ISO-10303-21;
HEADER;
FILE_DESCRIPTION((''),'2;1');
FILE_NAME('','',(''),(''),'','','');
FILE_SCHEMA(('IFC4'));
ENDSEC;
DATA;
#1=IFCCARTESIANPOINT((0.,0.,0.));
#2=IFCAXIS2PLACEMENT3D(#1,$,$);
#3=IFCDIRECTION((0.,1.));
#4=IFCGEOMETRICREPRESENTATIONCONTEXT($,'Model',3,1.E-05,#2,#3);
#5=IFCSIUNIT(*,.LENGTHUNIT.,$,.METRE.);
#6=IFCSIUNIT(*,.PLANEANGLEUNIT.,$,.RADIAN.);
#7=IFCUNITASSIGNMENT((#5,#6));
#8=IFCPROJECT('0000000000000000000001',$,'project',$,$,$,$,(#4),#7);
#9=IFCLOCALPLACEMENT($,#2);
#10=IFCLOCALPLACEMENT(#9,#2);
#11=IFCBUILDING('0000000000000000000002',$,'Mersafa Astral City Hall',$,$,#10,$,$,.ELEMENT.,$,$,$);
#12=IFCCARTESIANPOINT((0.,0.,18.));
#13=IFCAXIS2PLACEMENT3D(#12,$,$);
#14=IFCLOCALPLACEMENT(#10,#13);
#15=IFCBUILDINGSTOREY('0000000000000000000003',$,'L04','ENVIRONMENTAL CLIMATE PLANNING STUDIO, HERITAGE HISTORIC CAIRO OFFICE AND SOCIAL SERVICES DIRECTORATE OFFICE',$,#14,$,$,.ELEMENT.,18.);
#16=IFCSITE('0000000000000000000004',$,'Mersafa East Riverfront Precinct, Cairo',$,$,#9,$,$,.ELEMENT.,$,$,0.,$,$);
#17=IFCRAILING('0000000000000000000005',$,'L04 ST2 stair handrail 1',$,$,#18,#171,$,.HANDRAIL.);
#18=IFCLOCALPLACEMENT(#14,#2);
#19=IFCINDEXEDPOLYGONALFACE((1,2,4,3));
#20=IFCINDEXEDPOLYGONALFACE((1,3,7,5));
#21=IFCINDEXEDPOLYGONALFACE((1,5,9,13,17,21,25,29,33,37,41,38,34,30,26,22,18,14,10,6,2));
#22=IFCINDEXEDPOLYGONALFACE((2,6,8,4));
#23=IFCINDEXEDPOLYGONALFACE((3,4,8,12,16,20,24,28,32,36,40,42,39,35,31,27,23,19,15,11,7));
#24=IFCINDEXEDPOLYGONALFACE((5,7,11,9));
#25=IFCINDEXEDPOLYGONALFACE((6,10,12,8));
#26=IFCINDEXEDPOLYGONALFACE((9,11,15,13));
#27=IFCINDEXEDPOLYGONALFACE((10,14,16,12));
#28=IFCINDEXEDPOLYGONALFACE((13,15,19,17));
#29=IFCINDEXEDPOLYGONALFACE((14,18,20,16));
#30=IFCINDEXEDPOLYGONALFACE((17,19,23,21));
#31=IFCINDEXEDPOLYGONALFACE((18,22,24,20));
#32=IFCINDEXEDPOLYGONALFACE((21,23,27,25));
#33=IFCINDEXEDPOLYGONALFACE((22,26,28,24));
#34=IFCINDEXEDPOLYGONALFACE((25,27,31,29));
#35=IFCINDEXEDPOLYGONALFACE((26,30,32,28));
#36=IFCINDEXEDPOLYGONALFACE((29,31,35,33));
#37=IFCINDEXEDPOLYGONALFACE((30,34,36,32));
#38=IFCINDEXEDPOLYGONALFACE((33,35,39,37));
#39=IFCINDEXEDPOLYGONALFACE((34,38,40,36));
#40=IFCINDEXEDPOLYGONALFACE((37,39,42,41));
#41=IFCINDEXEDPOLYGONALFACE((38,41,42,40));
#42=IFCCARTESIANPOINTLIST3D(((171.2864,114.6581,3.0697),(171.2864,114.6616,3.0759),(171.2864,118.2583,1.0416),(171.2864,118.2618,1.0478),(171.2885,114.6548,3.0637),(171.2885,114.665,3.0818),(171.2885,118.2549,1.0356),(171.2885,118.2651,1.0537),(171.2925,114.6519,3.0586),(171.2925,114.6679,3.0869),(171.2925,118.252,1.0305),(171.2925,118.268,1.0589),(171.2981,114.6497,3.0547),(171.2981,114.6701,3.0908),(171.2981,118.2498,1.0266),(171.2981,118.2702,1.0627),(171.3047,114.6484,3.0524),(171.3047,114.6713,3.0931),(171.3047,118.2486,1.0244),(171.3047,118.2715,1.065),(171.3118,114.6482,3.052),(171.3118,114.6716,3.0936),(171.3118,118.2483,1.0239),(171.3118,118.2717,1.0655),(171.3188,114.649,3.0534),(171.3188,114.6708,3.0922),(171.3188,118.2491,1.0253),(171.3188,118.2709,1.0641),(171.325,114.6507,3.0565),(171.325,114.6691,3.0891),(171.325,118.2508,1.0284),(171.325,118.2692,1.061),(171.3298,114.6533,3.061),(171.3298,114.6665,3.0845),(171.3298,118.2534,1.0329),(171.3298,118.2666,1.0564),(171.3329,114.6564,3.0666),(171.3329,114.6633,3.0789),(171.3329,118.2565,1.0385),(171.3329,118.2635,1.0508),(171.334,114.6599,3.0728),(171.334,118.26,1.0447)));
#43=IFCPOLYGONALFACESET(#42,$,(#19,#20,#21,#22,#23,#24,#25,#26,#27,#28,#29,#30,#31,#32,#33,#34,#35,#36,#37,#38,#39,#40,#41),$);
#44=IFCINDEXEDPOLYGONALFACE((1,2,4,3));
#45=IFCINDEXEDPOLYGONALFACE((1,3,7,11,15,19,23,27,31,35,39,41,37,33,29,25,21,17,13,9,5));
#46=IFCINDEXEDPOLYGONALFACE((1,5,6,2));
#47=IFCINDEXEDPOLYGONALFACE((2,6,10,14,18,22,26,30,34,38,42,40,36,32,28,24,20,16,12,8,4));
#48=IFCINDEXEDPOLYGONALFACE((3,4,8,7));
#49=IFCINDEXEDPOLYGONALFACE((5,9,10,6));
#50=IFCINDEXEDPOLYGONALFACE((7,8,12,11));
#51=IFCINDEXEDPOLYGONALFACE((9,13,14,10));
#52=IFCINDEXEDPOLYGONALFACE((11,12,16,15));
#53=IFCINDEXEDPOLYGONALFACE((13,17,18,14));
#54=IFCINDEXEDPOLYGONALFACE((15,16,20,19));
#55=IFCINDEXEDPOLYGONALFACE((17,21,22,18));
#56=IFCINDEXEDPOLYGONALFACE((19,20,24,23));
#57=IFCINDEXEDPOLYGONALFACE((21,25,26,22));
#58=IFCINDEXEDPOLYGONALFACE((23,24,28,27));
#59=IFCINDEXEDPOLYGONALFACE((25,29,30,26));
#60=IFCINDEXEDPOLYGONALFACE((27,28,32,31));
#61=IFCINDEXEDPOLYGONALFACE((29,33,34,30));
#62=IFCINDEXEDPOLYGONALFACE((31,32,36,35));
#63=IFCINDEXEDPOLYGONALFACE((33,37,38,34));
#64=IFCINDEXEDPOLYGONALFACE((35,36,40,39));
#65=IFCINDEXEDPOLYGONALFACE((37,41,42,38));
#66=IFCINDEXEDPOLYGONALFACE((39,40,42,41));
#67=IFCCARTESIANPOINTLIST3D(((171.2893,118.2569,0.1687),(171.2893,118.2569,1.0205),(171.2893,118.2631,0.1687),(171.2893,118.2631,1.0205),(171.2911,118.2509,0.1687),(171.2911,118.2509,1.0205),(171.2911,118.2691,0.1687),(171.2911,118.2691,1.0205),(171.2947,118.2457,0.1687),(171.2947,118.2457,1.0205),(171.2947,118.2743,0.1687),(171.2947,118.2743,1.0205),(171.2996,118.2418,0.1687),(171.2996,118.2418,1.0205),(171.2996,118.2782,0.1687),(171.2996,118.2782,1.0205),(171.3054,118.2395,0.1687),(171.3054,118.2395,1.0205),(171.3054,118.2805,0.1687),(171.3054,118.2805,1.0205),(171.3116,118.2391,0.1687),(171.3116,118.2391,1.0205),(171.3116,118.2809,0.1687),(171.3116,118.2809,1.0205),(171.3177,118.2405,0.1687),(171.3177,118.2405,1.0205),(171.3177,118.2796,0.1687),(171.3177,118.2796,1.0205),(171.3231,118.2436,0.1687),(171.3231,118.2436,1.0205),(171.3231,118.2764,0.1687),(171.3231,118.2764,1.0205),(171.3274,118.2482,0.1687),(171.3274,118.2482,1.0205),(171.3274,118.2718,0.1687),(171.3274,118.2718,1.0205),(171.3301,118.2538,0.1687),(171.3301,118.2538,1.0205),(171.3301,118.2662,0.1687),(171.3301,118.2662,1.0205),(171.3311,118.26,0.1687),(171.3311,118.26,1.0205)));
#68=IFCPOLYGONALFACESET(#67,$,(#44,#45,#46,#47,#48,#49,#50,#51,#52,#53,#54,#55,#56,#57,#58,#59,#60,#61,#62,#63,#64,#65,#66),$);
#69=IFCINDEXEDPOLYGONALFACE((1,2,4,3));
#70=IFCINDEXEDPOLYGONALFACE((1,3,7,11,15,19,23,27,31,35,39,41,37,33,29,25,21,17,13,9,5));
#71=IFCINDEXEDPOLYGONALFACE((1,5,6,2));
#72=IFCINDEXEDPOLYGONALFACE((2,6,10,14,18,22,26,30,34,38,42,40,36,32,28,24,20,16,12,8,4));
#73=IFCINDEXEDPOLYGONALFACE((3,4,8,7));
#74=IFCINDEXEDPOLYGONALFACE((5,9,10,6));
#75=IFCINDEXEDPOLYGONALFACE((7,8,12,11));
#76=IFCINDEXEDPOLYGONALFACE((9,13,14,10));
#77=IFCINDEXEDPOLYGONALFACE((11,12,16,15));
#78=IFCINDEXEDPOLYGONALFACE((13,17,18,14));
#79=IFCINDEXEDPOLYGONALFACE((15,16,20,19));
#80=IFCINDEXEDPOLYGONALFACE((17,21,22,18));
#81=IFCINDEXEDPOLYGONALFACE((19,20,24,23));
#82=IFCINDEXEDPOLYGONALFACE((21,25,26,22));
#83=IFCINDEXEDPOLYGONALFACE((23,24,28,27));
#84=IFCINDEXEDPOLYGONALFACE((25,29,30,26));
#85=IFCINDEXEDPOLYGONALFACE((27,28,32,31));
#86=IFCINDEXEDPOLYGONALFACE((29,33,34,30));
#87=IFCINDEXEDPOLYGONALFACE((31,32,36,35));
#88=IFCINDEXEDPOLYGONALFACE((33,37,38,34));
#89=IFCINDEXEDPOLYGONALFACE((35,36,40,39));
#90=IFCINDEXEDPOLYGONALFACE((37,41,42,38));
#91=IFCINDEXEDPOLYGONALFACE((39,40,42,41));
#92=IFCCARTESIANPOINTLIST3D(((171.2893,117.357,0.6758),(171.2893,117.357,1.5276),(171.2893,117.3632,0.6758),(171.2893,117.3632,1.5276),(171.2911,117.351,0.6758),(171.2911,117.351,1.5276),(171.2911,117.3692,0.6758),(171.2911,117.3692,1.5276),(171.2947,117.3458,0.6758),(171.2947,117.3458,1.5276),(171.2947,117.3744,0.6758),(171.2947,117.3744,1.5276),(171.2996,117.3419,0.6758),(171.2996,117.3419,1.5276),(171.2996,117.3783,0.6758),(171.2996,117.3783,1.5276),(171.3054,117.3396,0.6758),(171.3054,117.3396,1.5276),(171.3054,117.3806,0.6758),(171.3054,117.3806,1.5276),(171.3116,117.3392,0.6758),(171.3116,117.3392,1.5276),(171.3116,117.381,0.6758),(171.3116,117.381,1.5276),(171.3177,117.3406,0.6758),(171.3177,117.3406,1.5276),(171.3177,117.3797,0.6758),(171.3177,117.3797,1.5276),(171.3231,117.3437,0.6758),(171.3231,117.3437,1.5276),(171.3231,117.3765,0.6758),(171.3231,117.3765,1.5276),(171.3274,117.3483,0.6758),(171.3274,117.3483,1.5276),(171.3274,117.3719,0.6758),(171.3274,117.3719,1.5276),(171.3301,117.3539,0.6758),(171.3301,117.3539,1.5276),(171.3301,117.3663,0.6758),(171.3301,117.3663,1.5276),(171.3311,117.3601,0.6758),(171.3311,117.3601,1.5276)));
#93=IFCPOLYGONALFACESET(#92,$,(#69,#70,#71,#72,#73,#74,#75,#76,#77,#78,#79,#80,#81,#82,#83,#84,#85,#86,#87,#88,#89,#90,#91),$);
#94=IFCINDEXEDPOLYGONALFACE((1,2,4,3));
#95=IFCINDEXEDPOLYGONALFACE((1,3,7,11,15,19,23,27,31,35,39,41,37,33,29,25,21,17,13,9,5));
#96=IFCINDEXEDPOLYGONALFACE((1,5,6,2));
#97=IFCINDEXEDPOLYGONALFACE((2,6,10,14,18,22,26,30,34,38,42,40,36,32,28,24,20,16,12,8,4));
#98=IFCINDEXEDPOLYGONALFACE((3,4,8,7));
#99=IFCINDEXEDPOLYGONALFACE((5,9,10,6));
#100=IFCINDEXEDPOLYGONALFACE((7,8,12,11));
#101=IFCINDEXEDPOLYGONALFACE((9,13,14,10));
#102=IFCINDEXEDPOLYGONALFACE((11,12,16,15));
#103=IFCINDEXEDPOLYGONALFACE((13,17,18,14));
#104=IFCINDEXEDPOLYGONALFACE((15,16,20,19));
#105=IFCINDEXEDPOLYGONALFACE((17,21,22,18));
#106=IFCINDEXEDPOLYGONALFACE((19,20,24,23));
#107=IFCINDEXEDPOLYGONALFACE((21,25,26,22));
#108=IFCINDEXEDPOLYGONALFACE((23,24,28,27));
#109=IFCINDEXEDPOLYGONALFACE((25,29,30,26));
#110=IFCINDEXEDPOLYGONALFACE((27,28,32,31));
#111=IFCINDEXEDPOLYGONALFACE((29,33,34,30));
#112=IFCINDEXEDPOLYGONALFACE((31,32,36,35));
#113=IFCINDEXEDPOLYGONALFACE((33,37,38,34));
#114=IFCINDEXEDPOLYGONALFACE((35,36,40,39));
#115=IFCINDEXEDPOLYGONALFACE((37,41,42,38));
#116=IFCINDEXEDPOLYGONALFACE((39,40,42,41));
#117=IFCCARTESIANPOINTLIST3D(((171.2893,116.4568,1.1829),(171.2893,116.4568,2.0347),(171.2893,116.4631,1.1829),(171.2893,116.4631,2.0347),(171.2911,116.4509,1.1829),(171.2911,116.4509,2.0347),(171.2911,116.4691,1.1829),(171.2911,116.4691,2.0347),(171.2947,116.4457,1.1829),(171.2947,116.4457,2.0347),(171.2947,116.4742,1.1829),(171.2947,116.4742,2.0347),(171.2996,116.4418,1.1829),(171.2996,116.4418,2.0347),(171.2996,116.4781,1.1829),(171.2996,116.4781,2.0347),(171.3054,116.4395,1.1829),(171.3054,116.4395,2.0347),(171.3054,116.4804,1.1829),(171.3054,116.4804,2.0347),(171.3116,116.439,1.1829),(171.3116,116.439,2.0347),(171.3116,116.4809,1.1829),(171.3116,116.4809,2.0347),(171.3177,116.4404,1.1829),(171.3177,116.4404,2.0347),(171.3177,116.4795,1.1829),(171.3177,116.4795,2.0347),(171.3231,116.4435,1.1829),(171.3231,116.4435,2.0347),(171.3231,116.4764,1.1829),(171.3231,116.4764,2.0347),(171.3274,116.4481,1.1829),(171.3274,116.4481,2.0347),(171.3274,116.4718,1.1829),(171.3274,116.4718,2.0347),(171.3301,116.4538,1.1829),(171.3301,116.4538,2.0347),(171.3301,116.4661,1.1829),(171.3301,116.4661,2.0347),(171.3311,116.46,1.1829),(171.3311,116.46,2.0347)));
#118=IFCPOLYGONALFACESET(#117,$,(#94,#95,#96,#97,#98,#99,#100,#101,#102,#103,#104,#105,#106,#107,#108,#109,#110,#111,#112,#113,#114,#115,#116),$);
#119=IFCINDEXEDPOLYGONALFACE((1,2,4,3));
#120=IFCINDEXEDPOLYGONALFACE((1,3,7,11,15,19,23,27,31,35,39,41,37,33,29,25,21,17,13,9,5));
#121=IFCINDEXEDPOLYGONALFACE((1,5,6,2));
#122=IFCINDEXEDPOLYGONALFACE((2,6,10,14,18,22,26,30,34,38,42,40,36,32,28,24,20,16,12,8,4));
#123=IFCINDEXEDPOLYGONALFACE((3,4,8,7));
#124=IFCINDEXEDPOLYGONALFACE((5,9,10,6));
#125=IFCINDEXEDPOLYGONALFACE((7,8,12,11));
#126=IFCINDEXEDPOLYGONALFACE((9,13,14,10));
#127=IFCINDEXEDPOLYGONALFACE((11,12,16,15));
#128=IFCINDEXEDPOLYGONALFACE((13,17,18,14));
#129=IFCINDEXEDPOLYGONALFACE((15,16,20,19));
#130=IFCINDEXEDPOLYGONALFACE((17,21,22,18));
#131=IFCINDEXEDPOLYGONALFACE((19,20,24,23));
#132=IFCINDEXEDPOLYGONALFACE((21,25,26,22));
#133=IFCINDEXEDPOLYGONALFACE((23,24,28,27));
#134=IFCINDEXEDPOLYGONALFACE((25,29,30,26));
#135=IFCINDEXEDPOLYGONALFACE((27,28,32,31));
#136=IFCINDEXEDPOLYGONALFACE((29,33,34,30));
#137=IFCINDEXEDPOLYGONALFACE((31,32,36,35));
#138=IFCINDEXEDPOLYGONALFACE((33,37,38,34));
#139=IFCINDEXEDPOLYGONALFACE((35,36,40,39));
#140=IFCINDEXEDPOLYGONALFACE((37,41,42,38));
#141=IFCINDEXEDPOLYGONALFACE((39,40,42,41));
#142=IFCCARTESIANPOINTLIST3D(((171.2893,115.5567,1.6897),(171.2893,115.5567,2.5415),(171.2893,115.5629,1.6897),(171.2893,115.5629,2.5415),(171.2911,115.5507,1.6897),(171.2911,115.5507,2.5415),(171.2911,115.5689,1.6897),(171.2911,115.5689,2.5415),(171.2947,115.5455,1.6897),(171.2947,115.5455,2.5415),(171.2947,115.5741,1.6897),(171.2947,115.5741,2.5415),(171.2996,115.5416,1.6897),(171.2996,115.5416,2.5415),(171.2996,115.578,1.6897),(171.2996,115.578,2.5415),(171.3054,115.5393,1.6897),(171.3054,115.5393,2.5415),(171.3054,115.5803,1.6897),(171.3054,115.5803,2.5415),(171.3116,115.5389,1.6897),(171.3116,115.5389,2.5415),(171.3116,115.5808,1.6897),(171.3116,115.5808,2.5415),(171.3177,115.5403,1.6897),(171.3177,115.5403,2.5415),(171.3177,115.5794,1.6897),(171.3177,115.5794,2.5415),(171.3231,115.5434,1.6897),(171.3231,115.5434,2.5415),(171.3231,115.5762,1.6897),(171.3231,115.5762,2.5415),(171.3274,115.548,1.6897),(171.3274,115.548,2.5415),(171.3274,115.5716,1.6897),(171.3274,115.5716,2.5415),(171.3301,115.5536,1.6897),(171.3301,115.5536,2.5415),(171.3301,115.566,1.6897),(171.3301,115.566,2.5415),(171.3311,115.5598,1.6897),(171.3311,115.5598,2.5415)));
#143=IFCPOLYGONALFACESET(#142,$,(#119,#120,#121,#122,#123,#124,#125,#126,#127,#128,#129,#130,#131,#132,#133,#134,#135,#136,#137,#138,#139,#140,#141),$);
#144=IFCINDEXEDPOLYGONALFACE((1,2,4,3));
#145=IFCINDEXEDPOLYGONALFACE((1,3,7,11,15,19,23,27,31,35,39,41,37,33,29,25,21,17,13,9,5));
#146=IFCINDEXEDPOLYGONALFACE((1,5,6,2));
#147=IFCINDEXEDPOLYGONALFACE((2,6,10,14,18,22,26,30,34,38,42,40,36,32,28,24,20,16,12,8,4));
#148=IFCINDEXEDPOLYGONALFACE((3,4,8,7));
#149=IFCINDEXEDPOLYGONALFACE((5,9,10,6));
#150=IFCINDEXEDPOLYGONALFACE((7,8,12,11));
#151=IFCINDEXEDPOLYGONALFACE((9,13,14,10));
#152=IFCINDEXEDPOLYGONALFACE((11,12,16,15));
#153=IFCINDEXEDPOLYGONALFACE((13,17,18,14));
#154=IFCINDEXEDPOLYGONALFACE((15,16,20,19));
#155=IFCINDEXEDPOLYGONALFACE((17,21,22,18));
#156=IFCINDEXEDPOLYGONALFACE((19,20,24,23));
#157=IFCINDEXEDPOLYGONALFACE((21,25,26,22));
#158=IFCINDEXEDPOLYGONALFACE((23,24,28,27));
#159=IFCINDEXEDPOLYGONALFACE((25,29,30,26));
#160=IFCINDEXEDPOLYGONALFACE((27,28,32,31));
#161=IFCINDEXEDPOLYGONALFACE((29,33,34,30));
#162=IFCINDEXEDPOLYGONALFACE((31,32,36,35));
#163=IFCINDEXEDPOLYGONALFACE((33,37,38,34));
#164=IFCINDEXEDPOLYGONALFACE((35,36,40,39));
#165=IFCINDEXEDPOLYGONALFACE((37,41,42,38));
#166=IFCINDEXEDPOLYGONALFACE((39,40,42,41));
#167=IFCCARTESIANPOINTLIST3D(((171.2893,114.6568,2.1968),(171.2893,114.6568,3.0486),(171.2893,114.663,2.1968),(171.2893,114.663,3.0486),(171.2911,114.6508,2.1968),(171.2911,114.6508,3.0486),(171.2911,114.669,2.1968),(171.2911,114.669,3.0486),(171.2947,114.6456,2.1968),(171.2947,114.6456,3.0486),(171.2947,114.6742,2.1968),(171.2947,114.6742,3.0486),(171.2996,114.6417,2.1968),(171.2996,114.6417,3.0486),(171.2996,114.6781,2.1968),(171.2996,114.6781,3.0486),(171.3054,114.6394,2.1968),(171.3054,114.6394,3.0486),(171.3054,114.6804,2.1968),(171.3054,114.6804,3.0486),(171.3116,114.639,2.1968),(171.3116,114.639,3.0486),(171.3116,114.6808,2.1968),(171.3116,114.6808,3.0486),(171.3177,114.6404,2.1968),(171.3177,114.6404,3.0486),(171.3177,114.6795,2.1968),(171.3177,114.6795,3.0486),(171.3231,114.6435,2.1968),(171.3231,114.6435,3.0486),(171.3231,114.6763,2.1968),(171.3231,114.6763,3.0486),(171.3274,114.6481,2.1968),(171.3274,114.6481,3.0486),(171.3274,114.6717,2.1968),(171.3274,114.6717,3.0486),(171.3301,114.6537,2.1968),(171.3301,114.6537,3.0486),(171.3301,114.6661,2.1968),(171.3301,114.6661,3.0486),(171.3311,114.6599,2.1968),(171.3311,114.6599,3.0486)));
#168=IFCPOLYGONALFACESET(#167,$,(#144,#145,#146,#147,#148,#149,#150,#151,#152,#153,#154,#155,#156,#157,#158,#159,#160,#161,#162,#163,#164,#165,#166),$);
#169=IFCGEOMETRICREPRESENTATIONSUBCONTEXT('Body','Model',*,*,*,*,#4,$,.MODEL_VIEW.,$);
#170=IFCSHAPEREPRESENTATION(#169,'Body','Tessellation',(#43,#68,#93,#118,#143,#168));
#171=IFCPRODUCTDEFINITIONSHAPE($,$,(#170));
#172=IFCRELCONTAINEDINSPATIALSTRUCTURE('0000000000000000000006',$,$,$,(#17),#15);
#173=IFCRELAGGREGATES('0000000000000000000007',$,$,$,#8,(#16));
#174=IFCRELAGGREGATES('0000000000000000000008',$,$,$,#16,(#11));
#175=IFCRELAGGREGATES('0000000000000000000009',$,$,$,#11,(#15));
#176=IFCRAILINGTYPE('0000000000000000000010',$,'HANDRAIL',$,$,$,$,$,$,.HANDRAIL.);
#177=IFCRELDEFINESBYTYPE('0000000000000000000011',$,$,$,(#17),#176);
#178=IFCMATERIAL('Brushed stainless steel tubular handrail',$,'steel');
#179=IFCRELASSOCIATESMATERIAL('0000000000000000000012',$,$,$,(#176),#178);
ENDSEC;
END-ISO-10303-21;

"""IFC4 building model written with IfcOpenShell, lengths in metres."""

from ifc_helpers import new_model, si_unit, direction, frame, origin, origin_2d, place, context, subcontext, project, spatial, circle, extrude, material, type_object, element, save


model = new_model("IFC4")

# Units and contexts
model_context = context("Model", 3, precision=1e-05, world=origin(), true_north=direction((0.0, 1.0)))
body_context = subcontext(model_context, "Body", "Model", "MODEL_VIEW")
ifc_project = project(units=[si_unit("LENGTHUNIT", "METRE"), si_unit("PLANEANGLEUNIT", "RADIAN")], contexts=[model_context])

# Site, building, storey
site_placement = place(None, origin())
site = spatial("IfcSite", under=ifc_project, at=site_placement, Name="Mersafa East Riverfront Precinct, Cairo", CompositionType="ELEMENT", RefElevation=0.0)
building_placement = place(site_placement, origin())
building = spatial("IfcBuilding", under=site, at=building_placement, Name="Mersafa Astral City Hall", CompositionType="ELEMENT")
storey_placement = place(building_placement, frame((0.0, 0.0, 18.0)))
storey = spatial("IfcBuildingStorey", under=building, at=storey_placement, Name="L04", Description="ENVIRONMENTAL CLIMATE PLANNING STUDIO, HERITAGE HISTORIC CAIRO OFFICE AND SOCIAL SERVICES DIRECTORATE OFFICE", CompositionType="ELEMENT", Elevation=18.0)

# Railing
ifc_material_1 = material(Name="Brushed stainless steel tubular handrail", Category="steel")
railing_type = type_object("IfcRailingType", Name="HANDRAIL", PredefinedType="HANDRAIL", material=ifc_material_1)
railing_placement = place(storey_placement, frame((171.3101, 118.26, 0.1687)))
element("IfcRailing", 1, at=railing_placement, inside=storey, type_object=railing_type, Name="L04 ST2 stair handrail 1", PredefinedType="HANDRAIL", context=body_context, shape_type="SweptSolid", body=[
    extrude(circle(Radius=0.0239, at=origin_2d()), frame((0.0, 0.0, 0.876), z_axis=(0.0, -0.871263, 0.490817), x_axis=(1.0, 0.0, 0.0)), (0.0, 0.0, 1.0), 4.1321),
    extrude(circle(Radius=0.021, at=origin_2d()), origin(), (0.0, 0.0, 1.0), 0.8518),
    extrude(circle(Radius=0.021, at=origin_2d()), frame((0.0, -0.8999, 0.5071)), (0.0, 0.0, 1.0), 0.8518),
    extrude(circle(Radius=0.021, at=origin_2d()), frame((0.0, -1.8, 1.0142)), (0.0, 0.0, 1.0), 0.8518),
    extrude(circle(Radius=0.021, at=origin_2d()), frame((0.0, -2.7002, 1.521)), (0.0, 0.0, 1.0), 0.8518),
    extrude(circle(Radius=0.021, at=origin_2d()), frame((0.0, -3.6001, 2.0281)), (0.0, 0.0, 1.0), 0.8518),
])

save(model, "model.ifc")
